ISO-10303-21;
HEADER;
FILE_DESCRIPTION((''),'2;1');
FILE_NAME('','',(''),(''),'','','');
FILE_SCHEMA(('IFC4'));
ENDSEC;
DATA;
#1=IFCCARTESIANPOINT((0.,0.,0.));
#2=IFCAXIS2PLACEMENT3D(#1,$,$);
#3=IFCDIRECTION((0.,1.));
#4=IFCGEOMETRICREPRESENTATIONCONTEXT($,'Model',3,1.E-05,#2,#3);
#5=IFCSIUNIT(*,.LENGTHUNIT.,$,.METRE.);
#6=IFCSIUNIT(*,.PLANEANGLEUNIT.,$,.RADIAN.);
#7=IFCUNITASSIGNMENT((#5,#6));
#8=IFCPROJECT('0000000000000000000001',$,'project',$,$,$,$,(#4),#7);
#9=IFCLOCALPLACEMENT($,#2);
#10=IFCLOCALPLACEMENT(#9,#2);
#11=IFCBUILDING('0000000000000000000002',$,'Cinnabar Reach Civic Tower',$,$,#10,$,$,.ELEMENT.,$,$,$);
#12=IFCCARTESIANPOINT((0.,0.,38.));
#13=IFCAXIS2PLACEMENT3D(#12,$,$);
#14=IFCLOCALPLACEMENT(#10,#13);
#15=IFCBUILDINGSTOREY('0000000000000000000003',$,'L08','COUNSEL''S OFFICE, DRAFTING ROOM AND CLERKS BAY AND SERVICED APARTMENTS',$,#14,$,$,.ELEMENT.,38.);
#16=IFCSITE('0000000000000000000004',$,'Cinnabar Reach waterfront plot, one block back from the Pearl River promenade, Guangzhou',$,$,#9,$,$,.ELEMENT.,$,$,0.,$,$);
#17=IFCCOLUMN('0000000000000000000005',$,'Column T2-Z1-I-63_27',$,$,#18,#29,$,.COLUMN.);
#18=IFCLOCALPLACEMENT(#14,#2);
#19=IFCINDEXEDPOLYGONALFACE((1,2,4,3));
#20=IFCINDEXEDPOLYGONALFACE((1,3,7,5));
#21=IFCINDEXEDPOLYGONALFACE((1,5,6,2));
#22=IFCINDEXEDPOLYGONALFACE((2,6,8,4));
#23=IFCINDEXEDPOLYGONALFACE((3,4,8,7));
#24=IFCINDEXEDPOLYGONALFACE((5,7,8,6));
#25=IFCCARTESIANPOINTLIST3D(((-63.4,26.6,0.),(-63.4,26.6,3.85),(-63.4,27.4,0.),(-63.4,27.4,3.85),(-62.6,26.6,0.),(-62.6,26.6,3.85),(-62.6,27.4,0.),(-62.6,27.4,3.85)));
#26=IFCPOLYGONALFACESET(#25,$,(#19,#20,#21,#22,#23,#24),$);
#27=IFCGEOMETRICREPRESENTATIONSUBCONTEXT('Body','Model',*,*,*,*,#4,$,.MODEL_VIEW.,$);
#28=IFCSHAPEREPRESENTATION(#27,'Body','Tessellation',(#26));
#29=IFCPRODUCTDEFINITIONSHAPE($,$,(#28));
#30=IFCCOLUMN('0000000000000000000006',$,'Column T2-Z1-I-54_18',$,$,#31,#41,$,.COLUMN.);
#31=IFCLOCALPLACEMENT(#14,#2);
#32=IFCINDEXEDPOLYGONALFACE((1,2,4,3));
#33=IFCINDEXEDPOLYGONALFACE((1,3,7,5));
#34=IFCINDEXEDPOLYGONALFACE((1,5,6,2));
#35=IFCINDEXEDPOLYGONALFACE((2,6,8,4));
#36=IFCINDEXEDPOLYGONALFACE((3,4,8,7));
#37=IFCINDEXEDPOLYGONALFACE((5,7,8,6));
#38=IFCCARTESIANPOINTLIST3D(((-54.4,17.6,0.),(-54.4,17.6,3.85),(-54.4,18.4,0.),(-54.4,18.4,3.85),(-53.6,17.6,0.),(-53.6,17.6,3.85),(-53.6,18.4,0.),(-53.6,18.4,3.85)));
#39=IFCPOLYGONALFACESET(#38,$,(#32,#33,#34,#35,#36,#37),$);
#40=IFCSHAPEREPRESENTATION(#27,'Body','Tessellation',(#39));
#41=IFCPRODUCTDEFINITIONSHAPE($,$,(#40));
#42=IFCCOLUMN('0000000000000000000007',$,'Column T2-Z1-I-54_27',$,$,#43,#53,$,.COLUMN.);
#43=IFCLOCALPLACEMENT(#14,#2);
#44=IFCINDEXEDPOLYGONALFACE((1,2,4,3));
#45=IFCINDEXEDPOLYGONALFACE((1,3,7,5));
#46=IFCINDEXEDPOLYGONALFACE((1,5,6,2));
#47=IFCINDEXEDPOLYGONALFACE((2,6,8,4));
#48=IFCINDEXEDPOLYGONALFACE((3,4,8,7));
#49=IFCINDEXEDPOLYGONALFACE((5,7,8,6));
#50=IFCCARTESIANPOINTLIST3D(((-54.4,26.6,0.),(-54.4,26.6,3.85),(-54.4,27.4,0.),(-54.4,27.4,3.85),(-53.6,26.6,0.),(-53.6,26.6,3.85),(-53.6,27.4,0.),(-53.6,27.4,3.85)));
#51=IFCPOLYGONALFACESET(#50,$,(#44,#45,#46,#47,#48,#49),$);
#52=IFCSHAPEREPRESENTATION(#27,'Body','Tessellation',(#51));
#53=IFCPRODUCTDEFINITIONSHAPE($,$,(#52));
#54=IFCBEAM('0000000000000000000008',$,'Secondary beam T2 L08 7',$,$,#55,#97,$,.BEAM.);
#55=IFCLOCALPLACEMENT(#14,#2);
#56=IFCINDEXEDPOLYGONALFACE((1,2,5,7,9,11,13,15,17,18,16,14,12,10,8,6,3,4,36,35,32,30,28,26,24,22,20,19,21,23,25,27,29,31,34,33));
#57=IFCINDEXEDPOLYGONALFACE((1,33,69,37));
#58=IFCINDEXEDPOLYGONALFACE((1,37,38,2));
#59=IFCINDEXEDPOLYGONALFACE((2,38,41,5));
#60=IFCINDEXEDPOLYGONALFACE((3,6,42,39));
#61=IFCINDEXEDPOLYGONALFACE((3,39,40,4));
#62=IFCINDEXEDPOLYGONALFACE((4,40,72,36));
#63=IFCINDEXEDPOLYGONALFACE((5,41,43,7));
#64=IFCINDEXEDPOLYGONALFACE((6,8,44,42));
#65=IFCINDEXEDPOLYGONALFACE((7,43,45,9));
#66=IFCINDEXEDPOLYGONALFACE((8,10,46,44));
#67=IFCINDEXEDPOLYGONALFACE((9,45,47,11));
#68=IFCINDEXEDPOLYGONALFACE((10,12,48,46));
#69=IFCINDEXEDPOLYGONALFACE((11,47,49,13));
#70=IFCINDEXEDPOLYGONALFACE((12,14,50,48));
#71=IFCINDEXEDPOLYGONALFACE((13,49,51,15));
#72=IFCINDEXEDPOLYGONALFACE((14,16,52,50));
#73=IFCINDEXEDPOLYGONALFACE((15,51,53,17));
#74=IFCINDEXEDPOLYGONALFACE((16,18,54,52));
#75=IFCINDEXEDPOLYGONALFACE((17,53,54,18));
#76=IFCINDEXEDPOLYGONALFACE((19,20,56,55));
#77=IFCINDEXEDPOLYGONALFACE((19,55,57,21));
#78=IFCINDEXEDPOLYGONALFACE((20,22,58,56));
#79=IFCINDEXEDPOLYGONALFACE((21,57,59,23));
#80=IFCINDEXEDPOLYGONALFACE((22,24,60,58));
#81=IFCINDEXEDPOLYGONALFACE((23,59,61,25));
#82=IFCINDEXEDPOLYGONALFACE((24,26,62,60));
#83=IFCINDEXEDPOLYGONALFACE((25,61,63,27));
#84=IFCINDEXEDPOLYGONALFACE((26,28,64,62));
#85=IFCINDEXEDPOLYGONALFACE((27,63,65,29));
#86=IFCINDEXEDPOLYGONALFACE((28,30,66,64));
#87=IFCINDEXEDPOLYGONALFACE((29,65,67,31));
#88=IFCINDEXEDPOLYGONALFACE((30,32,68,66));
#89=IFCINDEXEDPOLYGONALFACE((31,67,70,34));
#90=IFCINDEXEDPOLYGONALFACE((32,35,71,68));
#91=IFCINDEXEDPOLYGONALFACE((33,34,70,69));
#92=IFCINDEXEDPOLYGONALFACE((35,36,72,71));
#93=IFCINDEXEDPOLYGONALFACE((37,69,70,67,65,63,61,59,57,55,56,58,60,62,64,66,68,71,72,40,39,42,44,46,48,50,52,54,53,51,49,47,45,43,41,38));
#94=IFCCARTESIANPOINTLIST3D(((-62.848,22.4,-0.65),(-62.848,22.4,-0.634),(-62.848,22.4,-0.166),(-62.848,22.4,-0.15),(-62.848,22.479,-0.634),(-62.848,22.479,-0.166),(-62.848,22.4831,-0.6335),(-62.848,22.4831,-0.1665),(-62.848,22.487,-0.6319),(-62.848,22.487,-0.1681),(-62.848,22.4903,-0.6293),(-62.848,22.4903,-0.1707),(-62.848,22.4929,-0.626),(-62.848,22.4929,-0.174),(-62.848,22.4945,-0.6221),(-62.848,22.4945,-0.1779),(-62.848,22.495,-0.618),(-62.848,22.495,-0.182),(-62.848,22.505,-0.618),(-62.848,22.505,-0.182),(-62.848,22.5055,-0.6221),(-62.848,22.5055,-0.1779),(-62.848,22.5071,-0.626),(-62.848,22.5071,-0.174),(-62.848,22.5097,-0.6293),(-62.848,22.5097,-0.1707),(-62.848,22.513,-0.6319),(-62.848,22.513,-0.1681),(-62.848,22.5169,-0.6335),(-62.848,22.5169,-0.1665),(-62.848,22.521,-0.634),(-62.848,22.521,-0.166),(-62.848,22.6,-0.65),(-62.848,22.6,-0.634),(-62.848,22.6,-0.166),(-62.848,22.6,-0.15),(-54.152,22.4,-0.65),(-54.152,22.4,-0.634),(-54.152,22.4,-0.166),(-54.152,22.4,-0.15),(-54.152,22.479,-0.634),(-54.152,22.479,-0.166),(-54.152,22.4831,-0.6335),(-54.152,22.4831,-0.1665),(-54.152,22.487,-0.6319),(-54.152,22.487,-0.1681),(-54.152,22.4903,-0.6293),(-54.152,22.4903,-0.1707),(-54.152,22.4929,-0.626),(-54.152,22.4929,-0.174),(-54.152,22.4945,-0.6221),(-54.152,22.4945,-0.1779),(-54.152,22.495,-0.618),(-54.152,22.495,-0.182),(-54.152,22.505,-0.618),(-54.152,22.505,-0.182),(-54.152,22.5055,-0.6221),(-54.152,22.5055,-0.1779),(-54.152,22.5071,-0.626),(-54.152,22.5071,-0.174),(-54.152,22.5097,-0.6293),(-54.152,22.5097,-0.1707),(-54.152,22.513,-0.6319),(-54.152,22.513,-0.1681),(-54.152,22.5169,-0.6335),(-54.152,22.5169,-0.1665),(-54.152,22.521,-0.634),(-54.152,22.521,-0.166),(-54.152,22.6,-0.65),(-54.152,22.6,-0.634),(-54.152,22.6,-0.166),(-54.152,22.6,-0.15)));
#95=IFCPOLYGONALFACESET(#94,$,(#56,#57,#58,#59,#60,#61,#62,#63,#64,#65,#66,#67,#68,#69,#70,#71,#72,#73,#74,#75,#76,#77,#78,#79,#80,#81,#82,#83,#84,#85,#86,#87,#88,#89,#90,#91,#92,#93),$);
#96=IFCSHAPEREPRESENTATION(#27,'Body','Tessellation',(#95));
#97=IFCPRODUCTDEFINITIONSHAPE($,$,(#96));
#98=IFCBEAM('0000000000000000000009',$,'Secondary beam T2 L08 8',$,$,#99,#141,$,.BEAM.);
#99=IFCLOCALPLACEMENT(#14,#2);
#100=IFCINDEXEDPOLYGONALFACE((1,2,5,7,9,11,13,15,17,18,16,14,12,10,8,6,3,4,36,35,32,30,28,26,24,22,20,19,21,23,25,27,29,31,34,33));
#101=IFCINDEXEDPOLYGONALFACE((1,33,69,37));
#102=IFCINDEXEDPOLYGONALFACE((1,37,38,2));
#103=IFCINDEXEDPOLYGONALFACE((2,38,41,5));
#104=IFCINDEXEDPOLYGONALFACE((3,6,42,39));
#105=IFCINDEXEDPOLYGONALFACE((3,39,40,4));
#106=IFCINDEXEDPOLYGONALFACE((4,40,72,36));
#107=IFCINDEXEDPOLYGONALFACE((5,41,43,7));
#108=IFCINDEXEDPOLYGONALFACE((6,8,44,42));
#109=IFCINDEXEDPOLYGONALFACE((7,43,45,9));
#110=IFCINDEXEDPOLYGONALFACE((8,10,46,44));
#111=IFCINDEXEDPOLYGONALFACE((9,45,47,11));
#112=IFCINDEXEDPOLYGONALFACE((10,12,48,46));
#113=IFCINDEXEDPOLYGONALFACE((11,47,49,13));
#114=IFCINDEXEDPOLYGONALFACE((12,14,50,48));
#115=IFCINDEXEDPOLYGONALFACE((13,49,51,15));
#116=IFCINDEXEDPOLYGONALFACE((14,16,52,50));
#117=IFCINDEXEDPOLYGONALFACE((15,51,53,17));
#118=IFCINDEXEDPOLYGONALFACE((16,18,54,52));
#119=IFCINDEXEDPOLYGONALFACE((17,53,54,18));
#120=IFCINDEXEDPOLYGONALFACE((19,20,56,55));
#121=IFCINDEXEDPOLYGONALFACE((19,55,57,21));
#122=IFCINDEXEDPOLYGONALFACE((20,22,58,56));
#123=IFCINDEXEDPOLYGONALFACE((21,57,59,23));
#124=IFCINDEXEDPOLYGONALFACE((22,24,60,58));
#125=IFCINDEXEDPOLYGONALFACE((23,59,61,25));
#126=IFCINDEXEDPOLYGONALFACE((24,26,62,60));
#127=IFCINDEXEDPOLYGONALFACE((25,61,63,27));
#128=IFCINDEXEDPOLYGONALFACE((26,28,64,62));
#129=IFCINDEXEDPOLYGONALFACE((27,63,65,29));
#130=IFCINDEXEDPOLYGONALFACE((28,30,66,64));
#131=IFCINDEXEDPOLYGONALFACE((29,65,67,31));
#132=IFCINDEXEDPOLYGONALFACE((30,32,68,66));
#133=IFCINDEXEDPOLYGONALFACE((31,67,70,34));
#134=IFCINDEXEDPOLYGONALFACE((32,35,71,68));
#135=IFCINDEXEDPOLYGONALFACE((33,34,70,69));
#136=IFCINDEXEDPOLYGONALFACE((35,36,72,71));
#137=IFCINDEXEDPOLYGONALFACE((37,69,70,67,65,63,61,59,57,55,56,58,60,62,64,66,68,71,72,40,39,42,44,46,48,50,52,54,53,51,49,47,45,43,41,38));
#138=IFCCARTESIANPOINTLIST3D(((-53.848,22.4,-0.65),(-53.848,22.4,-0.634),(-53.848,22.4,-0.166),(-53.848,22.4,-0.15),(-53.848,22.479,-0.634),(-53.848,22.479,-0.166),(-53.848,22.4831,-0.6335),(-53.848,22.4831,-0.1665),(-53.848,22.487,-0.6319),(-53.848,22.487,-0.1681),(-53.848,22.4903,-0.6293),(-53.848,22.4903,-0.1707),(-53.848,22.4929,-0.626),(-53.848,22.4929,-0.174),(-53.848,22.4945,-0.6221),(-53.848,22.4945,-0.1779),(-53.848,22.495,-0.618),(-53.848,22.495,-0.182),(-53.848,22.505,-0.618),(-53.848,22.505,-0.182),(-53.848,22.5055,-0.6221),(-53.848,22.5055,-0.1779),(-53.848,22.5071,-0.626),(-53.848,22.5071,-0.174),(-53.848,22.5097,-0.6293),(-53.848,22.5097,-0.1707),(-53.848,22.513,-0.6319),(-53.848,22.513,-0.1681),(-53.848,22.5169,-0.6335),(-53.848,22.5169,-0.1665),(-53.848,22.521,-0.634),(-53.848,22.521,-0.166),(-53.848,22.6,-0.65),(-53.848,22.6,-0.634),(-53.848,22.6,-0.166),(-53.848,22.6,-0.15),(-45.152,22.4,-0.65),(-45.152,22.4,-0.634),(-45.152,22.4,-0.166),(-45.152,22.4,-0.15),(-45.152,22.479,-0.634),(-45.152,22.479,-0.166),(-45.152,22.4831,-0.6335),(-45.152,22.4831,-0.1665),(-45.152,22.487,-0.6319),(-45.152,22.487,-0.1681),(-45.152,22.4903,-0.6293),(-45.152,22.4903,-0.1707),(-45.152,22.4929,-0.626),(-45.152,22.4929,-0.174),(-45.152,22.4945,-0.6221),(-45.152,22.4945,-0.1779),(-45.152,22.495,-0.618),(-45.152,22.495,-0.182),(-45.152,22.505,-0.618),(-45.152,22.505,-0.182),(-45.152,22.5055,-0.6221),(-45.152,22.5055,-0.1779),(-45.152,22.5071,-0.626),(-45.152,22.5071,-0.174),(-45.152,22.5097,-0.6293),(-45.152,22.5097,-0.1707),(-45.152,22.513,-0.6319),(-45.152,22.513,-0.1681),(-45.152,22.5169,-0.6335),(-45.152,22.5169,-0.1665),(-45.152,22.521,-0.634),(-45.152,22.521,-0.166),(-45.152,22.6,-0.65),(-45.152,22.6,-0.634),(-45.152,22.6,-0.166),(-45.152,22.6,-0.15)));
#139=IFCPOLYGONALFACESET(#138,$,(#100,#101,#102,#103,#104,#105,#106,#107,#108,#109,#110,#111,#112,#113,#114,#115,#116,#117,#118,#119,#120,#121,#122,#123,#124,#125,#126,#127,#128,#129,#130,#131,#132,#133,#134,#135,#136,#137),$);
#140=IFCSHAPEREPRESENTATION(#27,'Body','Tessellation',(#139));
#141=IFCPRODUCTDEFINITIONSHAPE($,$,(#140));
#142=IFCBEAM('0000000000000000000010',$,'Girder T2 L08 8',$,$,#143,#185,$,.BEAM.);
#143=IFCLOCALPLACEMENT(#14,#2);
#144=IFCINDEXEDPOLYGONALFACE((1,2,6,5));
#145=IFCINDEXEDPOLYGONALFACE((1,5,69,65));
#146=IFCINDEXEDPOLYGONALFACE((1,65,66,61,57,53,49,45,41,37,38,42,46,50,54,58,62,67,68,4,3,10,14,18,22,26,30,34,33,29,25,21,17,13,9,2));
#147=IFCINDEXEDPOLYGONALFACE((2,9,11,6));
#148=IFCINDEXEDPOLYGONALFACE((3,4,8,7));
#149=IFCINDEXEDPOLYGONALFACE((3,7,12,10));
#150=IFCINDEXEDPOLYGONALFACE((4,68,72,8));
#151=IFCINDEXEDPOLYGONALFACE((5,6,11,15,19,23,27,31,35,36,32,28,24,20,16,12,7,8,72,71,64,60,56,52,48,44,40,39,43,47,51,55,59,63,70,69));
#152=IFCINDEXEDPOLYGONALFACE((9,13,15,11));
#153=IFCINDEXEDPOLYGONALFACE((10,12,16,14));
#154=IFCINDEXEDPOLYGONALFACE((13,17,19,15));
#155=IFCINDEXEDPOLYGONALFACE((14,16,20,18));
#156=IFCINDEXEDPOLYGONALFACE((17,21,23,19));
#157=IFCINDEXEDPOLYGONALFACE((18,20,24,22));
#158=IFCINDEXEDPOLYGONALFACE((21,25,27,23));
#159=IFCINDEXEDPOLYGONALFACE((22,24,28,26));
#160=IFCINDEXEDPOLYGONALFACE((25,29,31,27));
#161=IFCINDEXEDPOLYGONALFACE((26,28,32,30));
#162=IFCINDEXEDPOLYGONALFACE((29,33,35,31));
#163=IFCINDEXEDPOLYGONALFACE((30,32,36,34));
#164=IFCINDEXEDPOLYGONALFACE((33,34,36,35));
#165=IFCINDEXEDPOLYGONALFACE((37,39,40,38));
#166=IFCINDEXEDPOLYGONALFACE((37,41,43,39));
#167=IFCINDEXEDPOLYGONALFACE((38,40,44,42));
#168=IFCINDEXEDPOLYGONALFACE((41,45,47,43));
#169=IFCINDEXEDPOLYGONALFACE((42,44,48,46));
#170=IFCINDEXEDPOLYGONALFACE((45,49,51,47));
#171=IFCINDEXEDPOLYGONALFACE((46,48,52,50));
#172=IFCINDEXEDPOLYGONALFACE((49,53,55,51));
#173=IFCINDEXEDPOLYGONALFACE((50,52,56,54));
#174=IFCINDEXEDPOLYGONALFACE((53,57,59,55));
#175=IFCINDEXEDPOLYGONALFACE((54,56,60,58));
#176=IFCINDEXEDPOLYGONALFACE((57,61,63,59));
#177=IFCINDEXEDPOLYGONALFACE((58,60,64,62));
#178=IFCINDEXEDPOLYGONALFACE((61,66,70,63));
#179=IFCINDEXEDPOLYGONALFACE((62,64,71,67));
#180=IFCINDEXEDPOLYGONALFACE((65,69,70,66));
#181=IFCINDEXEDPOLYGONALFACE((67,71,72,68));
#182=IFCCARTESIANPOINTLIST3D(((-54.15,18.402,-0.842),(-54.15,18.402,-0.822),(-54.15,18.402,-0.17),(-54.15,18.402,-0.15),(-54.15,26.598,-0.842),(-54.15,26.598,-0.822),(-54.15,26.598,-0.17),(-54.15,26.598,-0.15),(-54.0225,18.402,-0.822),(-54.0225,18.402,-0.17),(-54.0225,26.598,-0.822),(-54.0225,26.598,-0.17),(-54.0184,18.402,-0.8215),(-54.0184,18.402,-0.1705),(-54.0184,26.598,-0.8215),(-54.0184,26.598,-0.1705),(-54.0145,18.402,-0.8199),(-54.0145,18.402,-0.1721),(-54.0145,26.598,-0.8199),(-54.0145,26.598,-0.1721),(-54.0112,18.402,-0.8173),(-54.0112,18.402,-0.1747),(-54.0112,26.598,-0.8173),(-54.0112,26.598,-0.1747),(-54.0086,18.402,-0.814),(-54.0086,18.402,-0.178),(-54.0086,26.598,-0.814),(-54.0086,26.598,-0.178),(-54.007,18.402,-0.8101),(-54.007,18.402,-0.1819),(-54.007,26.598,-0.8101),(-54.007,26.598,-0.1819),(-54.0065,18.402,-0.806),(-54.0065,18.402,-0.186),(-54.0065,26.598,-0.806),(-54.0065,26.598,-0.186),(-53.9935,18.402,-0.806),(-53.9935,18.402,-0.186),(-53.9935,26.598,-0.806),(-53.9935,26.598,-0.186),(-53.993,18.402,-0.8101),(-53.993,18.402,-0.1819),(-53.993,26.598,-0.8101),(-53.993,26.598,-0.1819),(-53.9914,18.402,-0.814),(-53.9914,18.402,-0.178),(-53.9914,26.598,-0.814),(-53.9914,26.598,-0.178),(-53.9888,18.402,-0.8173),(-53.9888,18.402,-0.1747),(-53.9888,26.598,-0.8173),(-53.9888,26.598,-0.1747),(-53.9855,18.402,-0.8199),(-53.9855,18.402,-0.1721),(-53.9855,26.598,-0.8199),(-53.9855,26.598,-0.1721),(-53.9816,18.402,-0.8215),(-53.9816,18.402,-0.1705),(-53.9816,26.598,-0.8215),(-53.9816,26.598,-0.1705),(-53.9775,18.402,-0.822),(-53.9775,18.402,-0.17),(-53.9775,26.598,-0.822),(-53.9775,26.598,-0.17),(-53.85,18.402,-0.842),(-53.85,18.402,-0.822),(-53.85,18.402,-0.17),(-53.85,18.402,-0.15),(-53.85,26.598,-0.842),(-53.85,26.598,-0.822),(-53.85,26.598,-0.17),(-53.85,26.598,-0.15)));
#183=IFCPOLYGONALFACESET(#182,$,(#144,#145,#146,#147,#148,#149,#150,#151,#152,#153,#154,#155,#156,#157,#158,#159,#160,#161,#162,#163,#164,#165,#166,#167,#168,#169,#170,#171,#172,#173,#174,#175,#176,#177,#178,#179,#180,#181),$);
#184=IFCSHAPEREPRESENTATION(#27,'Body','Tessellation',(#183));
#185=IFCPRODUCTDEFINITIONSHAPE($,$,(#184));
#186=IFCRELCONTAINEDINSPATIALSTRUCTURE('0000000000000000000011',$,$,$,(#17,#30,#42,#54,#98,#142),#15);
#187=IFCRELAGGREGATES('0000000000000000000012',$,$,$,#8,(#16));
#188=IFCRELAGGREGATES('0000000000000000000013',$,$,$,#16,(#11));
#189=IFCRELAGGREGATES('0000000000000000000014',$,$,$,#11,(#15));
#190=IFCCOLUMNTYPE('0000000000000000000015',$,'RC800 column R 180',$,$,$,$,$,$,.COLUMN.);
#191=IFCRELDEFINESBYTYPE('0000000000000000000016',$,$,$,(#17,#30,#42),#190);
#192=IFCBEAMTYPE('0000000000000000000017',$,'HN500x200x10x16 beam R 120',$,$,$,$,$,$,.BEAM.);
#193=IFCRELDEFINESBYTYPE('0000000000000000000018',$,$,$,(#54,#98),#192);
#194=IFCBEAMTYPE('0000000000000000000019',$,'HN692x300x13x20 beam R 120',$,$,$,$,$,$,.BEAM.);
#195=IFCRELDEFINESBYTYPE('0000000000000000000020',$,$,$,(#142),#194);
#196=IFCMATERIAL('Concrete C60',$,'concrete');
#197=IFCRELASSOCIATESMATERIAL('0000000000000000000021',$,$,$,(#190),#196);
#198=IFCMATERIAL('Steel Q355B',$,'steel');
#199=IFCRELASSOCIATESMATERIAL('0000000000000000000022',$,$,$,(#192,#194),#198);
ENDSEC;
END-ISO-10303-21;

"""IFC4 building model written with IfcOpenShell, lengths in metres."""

from ifc_helpers import new_model, si_unit, direction, frame, origin, origin_2d, place, context, subcontext, project, spatial, rectangle, i_section, extrude, material, material_profile, profile_set, type_object, element, save


model = new_model("IFC4")

# Units and contexts
model_context = context("Model", 3, precision=1e-05, world=origin(), true_north=direction((0.0, 1.0)))
body_context = subcontext(model_context, "Body", "Model", "MODEL_VIEW")
ifc_project = project(units=[si_unit("LENGTHUNIT", "METRE"), si_unit("PLANEANGLEUNIT", "RADIAN")], contexts=[model_context])

# Site, building, storey
site_placement = place(None, origin())
site = spatial("IfcSite", under=ifc_project, at=site_placement, Name="Cinnabar Reach waterfront plot, one block back from the Pearl River promenade, Guangzhou", CompositionType="ELEMENT", RefElevation=0.0)
building_placement = place(site_placement, origin())
building = spatial("IfcBuilding", under=site, at=building_placement, Name="Cinnabar Reach Civic Tower", CompositionType="ELEMENT")
storey_placement = place(building_placement, frame((0.0, 0.0, 38.0)))
storey = spatial("IfcBuildingStorey", under=building, at=storey_placement, Name="L08", Description="COUNSEL'S OFFICE, DRAFTING ROOM AND CLERKS BAY AND SERVICED APARTMENTS", CompositionType="ELEMENT", Elevation=38.0)

# Columns
ifc_material_1 = material(Name="Concrete C60", Category="concrete")
ifc_material_profile_1 = material_profile(ifc_material_1, rectangle(XDim=0.8, YDim=0.8, at=origin_2d()), Name="RC800")
ifc_profile_set_1 = profile_set([ifc_material_profile_1], Name="Concrete C60")
column_type = type_object("IfcColumnType", Name="RC800 column R 180", PredefinedType="COLUMN", material=ifc_profile_set_1)
for number, where, z_axis, x_axis, name in (
    (1, (-63.0, 27.0, 0.0), (0.0, 0.0, 1.0), (1.0, 0.0, 0.0), "Column T2-Z1-I-63_27"),
    (2, (-54.0, 18.0, 0.0), (0.0, 0.0, 1.0), (1.0, 0.0, 0.0), "Column T2-Z1-I-54_18"),
    (3, (-54.0, 27.0, 0.0), (0.0, 0.0, 1.0), (1.0, 0.0, 0.0), "Column T2-Z1-I-54_27"),
):
    element("IfcColumn", number, at=place(storey_placement, frame(where, z_axis=z_axis, x_axis=x_axis)), inside=storey, type_object=column_type, Name=name, PredefinedType="COLUMN", context=body_context, shape_type="SweptSolid", body=[
        extrude(rectangle(XDim=0.8, YDim=0.8, at=origin_2d()), origin(), (0.0, 0.0, 1.0), 3.85),
    ])

# Beams
ifc_material_2 = material(Name="Steel Q355B", Category="steel")
ifc_material_profile_2 = material_profile(ifc_material_2, i_section(OverallWidth=0.2, OverallDepth=0.5, WebThickness=0.01, FlangeThickness=0.016, FilletRadius=0.016, at=origin_2d()), Name="HN500x200x10x16")
ifc_profile_set_2 = profile_set([ifc_material_profile_2], Name="Steel Q355B")
beam_type_1 = type_object("IfcBeamType", Name="HN500x200x10x16 beam R 120", PredefinedType="BEAM", material=ifc_profile_set_2)
for number, where, z_axis, x_axis, name in (
    (4, (-62.848, 22.5, -0.4), (1.0, 0.0, 0.0), (0.0, 1.0, 0.0), "Secondary beam T2 L08 7"),
    (5, (-53.848, 22.5, -0.4), (1.0, 0.0, 0.0), (0.0, 1.0, 0.0), "Secondary beam T2 L08 8"),
):
    element("IfcBeam", number, at=place(storey_placement, frame(where, z_axis=z_axis, x_axis=x_axis)), inside=storey, type_object=beam_type_1, Name=name, PredefinedType="BEAM", context=body_context, shape_type="SweptSolid", body=[
        extrude(i_section(OverallWidth=0.2, OverallDepth=0.5, WebThickness=0.01, FlangeThickness=0.016, FilletRadius=0.016, at=origin_2d()), origin(), (0.0, 0.0, 1.0), 8.696),
    ])
ifc_material_profile_3 = material_profile(ifc_material_2, i_section(OverallWidth=0.3, OverallDepth=0.692, WebThickness=0.013, FlangeThickness=0.02, FilletRadius=0.016, at=origin_2d()), Name="HN692x300x13x20")
ifc_profile_set_3 = profile_set([ifc_material_profile_3], Name="Steel Q355B")
beam_type_2 = type_object("IfcBeamType", Name="HN692x300x13x20 beam R 120", PredefinedType="BEAM", material=ifc_profile_set_3)
beam_placement = place(storey_placement, frame((-54.0, 18.402, -0.496), z_axis=(0.0, 1.0, 0.0), x_axis=(-1.0, 0.0, 0.0)))
element("IfcBeam", 6, at=beam_placement, inside=storey, type_object=beam_type_2, Name="Girder T2 L08 8", PredefinedType="BEAM", context=body_context, shape_type="SweptSolid", body=[
    extrude(i_section(OverallWidth=0.3, OverallDepth=0.692, WebThickness=0.013, FlangeThickness=0.02, FilletRadius=0.016, at=origin_2d()), origin(), (0.0, 0.0, 1.0), 8.196),
])

save(model, "model.ifc")
